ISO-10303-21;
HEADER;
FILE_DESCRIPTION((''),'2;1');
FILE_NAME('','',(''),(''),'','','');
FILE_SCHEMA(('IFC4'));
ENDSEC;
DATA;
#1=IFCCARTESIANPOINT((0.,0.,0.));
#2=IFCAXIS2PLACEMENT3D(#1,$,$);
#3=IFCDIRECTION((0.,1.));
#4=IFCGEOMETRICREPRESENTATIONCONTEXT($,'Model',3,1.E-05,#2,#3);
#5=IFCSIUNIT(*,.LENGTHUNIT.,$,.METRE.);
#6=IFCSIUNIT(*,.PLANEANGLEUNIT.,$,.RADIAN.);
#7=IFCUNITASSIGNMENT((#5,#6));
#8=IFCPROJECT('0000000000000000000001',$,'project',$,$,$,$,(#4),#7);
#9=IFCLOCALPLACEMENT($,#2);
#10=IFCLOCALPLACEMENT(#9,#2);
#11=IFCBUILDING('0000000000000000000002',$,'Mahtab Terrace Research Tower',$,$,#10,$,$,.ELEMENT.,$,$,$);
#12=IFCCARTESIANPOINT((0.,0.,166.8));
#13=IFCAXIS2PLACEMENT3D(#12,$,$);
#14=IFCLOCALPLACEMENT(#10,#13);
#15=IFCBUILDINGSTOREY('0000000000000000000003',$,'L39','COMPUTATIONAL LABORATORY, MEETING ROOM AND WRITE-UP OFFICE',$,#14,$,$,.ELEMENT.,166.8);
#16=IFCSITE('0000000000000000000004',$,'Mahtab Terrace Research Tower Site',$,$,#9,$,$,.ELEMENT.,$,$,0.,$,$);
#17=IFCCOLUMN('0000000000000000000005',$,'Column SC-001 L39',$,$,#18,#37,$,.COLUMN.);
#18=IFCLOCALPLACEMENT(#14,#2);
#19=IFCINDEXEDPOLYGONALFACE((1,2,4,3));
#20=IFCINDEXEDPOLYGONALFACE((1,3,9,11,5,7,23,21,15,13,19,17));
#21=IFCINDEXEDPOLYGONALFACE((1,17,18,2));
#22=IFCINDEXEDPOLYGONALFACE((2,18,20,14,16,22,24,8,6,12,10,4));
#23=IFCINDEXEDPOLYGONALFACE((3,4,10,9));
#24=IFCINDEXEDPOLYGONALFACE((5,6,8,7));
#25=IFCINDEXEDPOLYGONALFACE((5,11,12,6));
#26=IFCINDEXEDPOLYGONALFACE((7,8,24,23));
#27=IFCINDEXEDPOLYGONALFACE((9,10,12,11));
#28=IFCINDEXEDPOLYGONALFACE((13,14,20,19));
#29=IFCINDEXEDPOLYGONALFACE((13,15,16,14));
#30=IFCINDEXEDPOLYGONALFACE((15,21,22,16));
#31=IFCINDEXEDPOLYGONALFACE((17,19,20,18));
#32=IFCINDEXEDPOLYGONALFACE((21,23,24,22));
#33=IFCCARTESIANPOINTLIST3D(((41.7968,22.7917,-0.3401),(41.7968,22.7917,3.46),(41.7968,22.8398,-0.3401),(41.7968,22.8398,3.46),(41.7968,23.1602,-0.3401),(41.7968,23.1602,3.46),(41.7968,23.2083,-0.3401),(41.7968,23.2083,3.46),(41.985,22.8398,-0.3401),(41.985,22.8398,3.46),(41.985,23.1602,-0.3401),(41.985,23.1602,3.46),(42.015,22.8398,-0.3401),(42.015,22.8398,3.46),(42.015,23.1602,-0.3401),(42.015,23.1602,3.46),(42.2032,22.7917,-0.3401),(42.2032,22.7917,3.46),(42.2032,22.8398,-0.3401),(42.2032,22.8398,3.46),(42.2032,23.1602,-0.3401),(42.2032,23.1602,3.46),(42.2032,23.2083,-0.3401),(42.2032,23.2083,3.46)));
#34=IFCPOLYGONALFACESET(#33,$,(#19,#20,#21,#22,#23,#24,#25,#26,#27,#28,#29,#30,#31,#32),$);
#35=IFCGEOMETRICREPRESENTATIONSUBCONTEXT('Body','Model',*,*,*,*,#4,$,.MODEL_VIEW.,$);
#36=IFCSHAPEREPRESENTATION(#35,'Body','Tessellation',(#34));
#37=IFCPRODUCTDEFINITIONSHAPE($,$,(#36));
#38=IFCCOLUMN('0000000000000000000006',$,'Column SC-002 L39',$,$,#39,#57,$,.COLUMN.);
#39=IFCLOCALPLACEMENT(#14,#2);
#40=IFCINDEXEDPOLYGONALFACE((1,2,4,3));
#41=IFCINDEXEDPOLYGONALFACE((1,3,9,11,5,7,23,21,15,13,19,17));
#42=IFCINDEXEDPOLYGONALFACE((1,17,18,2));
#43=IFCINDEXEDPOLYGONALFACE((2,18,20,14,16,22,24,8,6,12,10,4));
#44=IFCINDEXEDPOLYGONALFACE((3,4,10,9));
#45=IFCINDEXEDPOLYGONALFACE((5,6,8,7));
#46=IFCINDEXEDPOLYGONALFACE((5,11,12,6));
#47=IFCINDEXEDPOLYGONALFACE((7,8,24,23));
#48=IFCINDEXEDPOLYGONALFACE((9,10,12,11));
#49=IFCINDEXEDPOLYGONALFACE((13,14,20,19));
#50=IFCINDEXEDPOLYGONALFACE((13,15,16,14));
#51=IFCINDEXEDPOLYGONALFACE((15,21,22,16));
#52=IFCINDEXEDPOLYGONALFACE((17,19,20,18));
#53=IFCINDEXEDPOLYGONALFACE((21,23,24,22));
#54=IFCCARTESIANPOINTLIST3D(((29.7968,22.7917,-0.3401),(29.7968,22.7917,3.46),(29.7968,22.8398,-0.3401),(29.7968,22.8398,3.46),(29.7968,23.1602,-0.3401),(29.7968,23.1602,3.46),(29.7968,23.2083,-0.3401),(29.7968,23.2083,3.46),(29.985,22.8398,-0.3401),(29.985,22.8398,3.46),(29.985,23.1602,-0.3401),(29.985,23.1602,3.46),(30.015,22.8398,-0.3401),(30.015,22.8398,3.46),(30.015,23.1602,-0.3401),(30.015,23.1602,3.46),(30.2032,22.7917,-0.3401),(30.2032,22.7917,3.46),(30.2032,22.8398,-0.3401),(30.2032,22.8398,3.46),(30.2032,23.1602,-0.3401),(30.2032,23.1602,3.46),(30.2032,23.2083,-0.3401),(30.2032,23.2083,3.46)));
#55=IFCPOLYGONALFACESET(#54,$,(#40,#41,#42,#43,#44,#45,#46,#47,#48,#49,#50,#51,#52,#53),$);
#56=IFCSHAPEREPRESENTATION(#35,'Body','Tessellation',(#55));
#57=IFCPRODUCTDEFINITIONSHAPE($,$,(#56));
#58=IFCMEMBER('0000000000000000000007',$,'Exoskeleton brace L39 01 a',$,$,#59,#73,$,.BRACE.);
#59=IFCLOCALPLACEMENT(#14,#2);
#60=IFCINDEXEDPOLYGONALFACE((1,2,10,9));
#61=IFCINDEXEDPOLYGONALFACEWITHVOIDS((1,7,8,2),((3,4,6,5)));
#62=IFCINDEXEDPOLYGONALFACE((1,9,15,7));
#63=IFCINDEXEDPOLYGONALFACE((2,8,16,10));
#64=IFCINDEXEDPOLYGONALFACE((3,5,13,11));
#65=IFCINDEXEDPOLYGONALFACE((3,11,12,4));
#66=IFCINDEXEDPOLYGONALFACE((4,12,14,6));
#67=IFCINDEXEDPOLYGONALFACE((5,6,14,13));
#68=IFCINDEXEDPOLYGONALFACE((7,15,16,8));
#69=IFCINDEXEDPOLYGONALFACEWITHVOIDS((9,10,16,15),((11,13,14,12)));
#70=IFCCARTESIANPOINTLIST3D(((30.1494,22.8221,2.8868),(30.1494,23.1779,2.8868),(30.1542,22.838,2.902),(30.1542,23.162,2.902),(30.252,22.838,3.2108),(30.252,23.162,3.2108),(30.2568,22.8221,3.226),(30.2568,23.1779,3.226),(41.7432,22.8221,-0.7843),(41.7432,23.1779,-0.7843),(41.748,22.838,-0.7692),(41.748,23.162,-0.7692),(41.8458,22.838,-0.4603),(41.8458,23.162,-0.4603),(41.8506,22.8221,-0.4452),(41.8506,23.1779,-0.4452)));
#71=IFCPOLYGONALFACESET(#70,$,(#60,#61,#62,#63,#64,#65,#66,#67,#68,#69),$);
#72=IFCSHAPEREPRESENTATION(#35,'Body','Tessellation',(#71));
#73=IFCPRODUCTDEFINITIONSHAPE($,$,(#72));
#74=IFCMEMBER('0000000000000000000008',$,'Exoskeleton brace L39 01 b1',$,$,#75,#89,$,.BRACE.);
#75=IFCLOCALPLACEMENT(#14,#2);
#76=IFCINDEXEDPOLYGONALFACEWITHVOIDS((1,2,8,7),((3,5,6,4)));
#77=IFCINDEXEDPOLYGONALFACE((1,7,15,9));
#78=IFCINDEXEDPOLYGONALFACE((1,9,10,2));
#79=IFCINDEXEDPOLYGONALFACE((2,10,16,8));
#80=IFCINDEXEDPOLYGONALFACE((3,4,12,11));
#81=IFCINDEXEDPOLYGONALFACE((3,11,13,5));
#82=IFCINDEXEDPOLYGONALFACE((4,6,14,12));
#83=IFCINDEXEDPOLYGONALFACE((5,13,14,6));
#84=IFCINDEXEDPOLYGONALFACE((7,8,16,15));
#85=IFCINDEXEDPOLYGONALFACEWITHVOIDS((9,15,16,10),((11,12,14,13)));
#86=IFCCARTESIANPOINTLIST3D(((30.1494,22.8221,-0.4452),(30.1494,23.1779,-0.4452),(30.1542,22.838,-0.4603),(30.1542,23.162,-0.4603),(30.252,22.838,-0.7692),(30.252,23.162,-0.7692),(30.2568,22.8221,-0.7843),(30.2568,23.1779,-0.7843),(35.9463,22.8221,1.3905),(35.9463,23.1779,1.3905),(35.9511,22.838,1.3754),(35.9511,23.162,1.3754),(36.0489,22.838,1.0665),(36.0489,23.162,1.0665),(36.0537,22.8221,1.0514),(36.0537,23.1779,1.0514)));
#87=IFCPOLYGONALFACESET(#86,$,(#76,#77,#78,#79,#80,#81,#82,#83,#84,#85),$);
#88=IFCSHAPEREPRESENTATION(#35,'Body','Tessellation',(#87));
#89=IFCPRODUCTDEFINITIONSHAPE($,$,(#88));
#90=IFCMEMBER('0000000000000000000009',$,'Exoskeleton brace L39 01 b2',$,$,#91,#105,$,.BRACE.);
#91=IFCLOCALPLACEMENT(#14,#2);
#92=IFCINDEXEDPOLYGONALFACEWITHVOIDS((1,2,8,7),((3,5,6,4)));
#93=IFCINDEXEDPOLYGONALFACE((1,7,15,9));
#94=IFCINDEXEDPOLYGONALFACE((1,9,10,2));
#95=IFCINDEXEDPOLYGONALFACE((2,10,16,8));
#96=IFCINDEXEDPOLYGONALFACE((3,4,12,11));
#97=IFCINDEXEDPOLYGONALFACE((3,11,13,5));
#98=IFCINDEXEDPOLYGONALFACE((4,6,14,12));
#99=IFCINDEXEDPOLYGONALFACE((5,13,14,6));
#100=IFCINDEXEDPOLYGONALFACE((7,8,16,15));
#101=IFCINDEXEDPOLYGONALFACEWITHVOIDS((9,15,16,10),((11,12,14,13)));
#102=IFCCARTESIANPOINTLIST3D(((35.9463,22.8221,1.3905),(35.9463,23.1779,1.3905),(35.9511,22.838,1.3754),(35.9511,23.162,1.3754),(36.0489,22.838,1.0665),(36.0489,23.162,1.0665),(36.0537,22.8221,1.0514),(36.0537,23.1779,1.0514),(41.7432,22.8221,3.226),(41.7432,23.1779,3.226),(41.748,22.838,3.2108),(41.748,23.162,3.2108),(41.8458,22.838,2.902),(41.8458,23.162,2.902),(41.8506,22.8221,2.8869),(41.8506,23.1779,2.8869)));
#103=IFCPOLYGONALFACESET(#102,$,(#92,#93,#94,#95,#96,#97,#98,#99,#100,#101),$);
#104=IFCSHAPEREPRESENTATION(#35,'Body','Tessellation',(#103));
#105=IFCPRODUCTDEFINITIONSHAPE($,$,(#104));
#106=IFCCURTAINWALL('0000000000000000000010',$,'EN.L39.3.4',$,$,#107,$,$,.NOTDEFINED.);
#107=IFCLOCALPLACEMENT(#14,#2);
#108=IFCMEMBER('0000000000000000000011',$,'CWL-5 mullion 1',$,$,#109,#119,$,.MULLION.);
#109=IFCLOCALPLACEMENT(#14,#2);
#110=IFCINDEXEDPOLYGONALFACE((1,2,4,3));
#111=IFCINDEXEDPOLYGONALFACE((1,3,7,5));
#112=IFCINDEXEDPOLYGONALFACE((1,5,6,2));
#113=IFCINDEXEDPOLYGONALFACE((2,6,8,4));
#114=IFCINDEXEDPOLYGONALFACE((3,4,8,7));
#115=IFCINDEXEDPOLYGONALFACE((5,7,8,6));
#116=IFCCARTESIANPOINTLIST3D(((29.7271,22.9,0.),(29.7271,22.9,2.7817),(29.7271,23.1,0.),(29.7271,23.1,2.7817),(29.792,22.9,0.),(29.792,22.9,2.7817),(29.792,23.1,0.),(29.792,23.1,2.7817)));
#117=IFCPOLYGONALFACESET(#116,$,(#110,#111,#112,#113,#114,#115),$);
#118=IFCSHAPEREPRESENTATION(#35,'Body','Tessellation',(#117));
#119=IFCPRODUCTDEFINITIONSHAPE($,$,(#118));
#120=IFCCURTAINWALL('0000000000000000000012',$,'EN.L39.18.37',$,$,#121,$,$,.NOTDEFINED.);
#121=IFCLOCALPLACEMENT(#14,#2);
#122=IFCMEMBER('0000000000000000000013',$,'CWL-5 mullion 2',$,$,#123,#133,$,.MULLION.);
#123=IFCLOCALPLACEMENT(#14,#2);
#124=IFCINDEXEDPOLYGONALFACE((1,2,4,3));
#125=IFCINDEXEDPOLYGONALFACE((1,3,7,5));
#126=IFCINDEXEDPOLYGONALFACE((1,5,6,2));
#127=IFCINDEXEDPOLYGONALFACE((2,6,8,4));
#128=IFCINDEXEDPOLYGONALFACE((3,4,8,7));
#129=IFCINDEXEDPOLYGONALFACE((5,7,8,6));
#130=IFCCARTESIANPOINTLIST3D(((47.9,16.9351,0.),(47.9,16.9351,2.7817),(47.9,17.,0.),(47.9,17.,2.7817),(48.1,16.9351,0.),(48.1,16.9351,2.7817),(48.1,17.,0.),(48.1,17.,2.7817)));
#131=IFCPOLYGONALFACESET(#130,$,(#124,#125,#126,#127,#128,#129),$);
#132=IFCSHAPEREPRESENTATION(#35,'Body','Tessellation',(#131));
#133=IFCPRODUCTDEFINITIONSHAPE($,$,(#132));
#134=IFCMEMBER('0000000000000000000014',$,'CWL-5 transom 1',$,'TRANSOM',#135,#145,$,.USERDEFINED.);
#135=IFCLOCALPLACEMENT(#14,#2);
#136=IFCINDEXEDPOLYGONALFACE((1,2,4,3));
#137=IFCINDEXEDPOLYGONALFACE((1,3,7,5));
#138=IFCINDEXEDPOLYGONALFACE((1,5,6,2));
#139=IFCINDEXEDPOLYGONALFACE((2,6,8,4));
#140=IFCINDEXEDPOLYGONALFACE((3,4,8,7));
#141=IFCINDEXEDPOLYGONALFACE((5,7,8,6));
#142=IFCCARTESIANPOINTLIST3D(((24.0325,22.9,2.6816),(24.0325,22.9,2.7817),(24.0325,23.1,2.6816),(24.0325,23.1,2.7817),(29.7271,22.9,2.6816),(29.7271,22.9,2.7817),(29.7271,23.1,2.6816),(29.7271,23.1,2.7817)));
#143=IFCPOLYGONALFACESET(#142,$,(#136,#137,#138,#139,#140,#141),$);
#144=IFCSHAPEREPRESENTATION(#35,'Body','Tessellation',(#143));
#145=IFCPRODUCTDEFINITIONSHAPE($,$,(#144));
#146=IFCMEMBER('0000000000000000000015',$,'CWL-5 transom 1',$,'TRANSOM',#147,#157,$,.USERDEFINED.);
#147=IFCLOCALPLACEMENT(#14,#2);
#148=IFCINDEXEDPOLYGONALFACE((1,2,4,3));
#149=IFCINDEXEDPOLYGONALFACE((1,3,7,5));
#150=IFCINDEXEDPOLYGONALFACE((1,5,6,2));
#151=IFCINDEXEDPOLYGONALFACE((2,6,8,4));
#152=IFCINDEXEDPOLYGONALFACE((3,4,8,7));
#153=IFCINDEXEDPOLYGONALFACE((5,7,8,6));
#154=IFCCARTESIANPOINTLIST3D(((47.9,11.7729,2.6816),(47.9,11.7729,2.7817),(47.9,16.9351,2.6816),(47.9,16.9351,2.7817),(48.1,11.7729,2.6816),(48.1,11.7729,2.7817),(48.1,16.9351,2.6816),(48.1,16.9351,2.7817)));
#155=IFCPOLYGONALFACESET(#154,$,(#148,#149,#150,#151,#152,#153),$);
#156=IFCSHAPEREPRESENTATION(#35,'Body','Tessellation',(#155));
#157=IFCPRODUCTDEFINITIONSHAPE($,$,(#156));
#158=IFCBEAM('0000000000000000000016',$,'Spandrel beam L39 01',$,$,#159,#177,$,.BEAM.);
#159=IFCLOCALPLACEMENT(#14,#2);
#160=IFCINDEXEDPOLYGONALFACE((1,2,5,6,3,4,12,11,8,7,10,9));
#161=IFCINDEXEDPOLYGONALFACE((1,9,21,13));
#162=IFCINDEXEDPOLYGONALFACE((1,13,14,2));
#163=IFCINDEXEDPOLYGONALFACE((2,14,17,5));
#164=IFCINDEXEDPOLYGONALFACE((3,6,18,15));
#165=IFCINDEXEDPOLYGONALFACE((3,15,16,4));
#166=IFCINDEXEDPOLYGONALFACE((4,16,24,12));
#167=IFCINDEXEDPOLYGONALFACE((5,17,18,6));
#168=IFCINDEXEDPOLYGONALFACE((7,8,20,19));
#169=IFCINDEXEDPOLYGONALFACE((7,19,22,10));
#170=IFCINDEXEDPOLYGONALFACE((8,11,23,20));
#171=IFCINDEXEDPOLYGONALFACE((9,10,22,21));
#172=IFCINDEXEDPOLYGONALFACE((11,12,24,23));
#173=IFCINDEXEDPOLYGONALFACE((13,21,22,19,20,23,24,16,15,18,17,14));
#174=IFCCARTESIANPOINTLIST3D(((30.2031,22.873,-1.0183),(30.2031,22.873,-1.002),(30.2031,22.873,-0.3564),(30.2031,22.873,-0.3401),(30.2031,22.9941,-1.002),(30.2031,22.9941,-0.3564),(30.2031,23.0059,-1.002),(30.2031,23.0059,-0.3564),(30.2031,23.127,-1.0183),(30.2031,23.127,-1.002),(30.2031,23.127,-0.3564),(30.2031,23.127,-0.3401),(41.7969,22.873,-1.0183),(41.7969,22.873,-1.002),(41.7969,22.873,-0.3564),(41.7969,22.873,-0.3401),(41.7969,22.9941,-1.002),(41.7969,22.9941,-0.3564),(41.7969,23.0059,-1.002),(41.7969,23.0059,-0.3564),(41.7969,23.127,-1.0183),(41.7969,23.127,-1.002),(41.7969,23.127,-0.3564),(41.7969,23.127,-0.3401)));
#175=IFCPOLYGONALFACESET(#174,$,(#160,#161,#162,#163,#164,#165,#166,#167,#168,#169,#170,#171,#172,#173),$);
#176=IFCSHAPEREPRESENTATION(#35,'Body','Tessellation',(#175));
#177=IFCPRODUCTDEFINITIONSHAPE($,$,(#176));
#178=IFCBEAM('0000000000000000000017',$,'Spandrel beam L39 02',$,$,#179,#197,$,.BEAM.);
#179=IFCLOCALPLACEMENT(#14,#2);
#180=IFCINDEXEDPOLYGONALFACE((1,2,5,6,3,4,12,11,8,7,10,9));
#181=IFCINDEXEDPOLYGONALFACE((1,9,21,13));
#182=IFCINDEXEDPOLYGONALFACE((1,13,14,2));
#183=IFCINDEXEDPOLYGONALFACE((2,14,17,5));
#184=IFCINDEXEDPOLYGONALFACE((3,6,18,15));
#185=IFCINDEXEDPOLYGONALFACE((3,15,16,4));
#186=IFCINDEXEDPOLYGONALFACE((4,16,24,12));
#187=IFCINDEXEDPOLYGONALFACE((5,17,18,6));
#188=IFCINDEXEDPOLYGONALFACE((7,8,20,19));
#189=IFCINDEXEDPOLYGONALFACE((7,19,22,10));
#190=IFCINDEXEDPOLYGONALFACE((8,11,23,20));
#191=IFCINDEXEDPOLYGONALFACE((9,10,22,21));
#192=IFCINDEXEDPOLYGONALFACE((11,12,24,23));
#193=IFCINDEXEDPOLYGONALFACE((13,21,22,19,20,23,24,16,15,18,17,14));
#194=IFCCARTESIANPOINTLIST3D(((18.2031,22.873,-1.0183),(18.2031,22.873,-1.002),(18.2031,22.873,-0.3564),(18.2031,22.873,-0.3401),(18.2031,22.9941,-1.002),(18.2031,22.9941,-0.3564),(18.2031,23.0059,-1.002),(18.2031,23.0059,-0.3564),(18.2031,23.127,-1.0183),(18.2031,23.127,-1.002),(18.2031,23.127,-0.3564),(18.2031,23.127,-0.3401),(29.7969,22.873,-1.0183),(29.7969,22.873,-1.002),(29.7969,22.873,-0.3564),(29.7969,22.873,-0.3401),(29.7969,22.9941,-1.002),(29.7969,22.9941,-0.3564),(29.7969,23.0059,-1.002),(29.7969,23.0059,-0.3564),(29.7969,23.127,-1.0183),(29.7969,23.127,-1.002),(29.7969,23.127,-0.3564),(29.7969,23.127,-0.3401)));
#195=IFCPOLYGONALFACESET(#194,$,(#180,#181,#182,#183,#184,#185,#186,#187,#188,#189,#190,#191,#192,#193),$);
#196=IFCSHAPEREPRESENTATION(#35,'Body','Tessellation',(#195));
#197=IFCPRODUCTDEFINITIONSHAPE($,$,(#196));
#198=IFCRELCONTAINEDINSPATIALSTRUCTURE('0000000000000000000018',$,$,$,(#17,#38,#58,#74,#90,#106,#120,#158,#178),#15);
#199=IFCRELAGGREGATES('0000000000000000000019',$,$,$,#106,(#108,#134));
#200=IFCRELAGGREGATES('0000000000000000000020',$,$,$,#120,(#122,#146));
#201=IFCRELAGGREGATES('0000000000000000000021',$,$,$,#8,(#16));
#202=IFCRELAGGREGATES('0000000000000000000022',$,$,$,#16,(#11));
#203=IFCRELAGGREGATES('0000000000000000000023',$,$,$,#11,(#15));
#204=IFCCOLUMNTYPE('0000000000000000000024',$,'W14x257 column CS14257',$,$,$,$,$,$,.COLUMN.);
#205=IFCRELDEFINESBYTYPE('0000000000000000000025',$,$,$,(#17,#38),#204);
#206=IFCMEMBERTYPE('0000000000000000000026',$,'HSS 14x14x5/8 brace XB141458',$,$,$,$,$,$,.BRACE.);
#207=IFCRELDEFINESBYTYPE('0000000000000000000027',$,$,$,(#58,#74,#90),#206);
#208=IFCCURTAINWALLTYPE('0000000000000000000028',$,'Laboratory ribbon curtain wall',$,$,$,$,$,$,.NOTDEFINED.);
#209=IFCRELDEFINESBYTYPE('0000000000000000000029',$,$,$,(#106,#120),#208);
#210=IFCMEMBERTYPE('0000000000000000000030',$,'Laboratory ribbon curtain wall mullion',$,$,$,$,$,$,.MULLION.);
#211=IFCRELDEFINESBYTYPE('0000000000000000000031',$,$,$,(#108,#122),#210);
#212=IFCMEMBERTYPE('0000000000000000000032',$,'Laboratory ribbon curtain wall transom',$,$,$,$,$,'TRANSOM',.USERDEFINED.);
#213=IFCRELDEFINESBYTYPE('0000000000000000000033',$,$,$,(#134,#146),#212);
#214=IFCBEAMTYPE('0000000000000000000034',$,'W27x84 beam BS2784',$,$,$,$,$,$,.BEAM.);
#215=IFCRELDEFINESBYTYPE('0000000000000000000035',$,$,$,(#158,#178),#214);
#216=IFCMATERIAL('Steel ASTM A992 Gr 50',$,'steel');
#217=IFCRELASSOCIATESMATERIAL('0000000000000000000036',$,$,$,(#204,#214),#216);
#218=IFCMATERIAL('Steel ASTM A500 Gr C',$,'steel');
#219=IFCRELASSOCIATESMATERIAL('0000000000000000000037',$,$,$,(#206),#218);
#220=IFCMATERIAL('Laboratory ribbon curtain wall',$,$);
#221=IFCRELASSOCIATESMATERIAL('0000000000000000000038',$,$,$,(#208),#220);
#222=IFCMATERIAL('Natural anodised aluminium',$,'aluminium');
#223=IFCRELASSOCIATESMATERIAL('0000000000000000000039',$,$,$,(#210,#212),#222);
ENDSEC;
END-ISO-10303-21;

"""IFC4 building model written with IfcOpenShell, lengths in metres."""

from ifc_helpers import new_model, si_unit, direction, frame, origin, origin_2d, place, context, subcontext, project, spatial, rectangle, hollow_rectangle, i_section, extrude, material, material_profile, profile_set, type_object, element, aggregate, save


model = new_model("IFC4")

# Units and contexts
model_context = context("Model", 3, precision=1e-05, world=origin(), true_north=direction((0.0, 1.0)))
body_context = subcontext(model_context, "Body", "Model", "MODEL_VIEW")
ifc_project = project(units=[si_unit("LENGTHUNIT", "METRE"), si_unit("PLANEANGLEUNIT", "RADIAN")], contexts=[model_context])

# Site, building, storey
site_placement = place(None, origin())
site = spatial("IfcSite", under=ifc_project, at=site_placement, Name="Mahtab Terrace Research Tower Site", CompositionType="ELEMENT", RefElevation=0.0)
building_placement = place(site_placement, origin())
building = spatial("IfcBuilding", under=site, at=building_placement, Name="Mahtab Terrace Research Tower", CompositionType="ELEMENT")
storey_placement = place(building_placement, frame((0.0, 0.0, 166.8)))
storey = spatial("IfcBuildingStorey", under=building, at=storey_placement, Name="L39", Description="COMPUTATIONAL LABORATORY, MEETING ROOM AND WRITE-UP OFFICE", CompositionType="ELEMENT", Elevation=166.8)

# Columns
ifc_material_1 = material(Name="Steel ASTM A992 Gr 50", Category="steel")
ifc_material_profile_1 = material_profile(ifc_material_1, i_section(OverallWidth=0.4065, OverallDepth=0.4165, WebThickness=0.03, FlangeThickness=0.0481, at=origin_2d()), Name="W14X257")
ifc_profile_set_1 = profile_set([ifc_material_profile_1], Name="Steel ASTM A992 Gr 50")
column_type = type_object("IfcColumnType", Name="W14x257 column CS14257", PredefinedType="COLUMN", material=ifc_profile_set_1)
for number, where, z_axis, x_axis, name in (
    (1, (42.0, 23.0, -0.3401), (0.0, 0.0, 1.0), (1.0, 0.0, 0.0), "Column SC-001 L39"),
    (2, (30.0, 23.0, -0.3401), (0.0, 0.0, 1.0), (1.0, 0.0, 0.0), "Column SC-002 L39"),
):
    element("IfcColumn", number, at=place(storey_placement, frame(where, z_axis=z_axis, x_axis=x_axis)), inside=storey, type_object=column_type, Name=name, PredefinedType="COLUMN", context=body_context, shape_type="SweptSolid", body=[
        extrude(i_section(OverallWidth=0.4065, OverallDepth=0.4165, WebThickness=0.03, FlangeThickness=0.0481, at=origin_2d()), origin(), (0.0, 0.0, 1.0), 3.8),
    ])

# Members
ifc_material_2 = material(Name="Steel ASTM A500 Gr C", Category="steel")
ifc_material_profile_2 = material_profile(ifc_material_2, hollow_rectangle(XDim=0.3557, YDim=0.3557, WallThickness=0.0159, at=origin_2d()), Name="HSS14X14X5/8")
ifc_profile_set_2 = profile_set([ifc_material_profile_2], Name="Steel ASTM A500 Gr C")
member_type_1 = type_object("IfcMemberType", Name="HSS 14x14x5/8 brace XB141458", PredefinedType="BRACE", material=ifc_profile_set_2)
member_1_placement = place(storey_placement, frame((41.7969, 23.0, -0.6147), z_axis=(-0.953347, 0.0, 0.301876), x_axis=(0.0, -1.0, 0.0)))
element("IfcMember", 3, at=member_1_placement, inside=storey, type_object=member_type_1, Name="Exoskeleton brace L39 01 a", PredefinedType="BRACE", context=body_context, shape_type="SweptSolid", body=[
    extrude(hollow_rectangle(XDim=0.3557, YDim=0.3557, WallThickness=0.0159, at=origin_2d()), origin(), (0.0, 0.0, 1.0), 12.1611),
])
for number, where, z_axis, x_axis, name in (
    (4, (30.2031, 23.0, -0.6147), (0.953341, 0.0, 0.301894), (0.0, 1.0, 0.0), "Exoskeleton brace L39 01 b1"),
    (5, (36.0, 23.0, 1.2209), (0.953353, 0.0, 0.301858), (0.0, 1.0, 0.0), "Exoskeleton brace L39 01 b2"),
):
    element("IfcMember", number, at=place(storey_placement, frame(where, z_axis=z_axis, x_axis=x_axis)), inside=storey, type_object=member_type_1, Name=name, PredefinedType="BRACE", context=body_context, shape_type="SweptSolid", body=[
        extrude(hollow_rectangle(XDim=0.3557, YDim=0.3557, WallThickness=0.0159, at=origin_2d()), origin(), (0.0, 0.0, 1.0), 6.0806),
    ])

# Curtain walls, members
ifc_material_3 = material(Name="Laboratory ribbon curtain wall")
curtain_wall_type = type_object("IfcCurtainWallType", Name="Laboratory ribbon curtain wall", PredefinedType="NOTDEFINED", material=ifc_material_3)
curtain_wall_1_placement = place(storey_placement, origin())
curtain_wall_1 = element("IfcCurtainWall", 6, at=curtain_wall_1_placement, inside=storey, type_object=curtain_wall_type, Name="EN.L39.3.4", PredefinedType="NOTDEFINED")
ifc_material_4 = material(Name="Natural anodised aluminium", Category="aluminium")
ifc_material_profile_3 = material_profile(ifc_material_4, rectangle(XDim=0.2, YDim=0.0649, at=origin_2d()), Name="MULLION 65x200")
ifc_profile_set_3 = profile_set([ifc_material_profile_3], Name="Natural anodised aluminium")
member_type_2 = type_object("IfcMemberType", Name="Laboratory ribbon curtain wall mullion", PredefinedType="MULLION", material=ifc_profile_set_3)
member_2_placement = place(storey_placement, frame((29.7595, 23.0, 0.0), z_axis=(0.0, 0.0, 1.0), x_axis=(0.0, -1.0, 0.0)))
member_2 = element("IfcMember", 7, at=member_2_placement, type_object=member_type_2, Name="CWL-5 mullion 1", PredefinedType="MULLION", context=body_context, shape_type="SweptSolid", body=[
    extrude(rectangle(XDim=0.2, YDim=0.0649, at=origin_2d()), origin(), (0.0, 0.0, 1.0), 2.7817),
])
curtain_wall_2_placement = place(storey_placement, origin())
curtain_wall_2 = element("IfcCurtainWall", 8, at=curtain_wall_2_placement, inside=storey, type_object=curtain_wall_type, Name="EN.L39.18.37", PredefinedType="NOTDEFINED")
member_3_placement = place(storey_placement, frame((48.0, 16.9675, 0.0), z_axis=(0.0, 0.0, 1.0), x_axis=(-1.0, 0.0, 0.0)))
member_3 = element("IfcMember", 9, at=member_3_placement, type_object=member_type_2, Name="CWL-5 mullion 2", PredefinedType="MULLION", context=body_context, shape_type="SweptSolid", body=[
    extrude(rectangle(XDim=0.2, YDim=0.0649, at=origin_2d()), origin(), (0.0, 0.0, 1.0), 2.7817),
])

# Members
ifc_material_profile_4 = material_profile(ifc_material_4, rectangle(XDim=0.2, YDim=0.1001, at=origin_2d()), Name="TRANSOM 100x200")
ifc_profile_set_4 = profile_set([ifc_material_profile_4], Name="Natural anodised aluminium")
member_type_3 = type_object("IfcMemberType", Name="Laboratory ribbon curtain wall transom", ElementType="TRANSOM", PredefinedType="USERDEFINED", material=ifc_profile_set_4)
member_4_placement = place(storey_placement, frame((29.7271, 23.0, 2.7317), z_axis=(-1.0, 0.0, 0.0), x_axis=(0.0, -1.0, 0.0)))
member_4 = element("IfcMember", 10, at=member_4_placement, type_object=member_type_3, Name="CWL-5 transom 1", ObjectType="TRANSOM", PredefinedType="USERDEFINED", context=body_context, shape_type="SweptSolid", body=[
    extrude(rectangle(XDim=0.2, YDim=0.1001, at=origin_2d()), origin(), (0.0, 0.0, 1.0), 5.6946),
])
member_5_placement = place(storey_placement, frame((48.0, 11.7729, 2.7317), z_axis=(0.0, 1.0, 0.0), x_axis=(-1.0, 0.0, 0.0)))
member_5 = element("IfcMember", 11, at=member_5_placement, type_object=member_type_3, Name="CWL-5 transom 1", ObjectType="TRANSOM", PredefinedType="USERDEFINED", context=body_context, shape_type="SweptSolid", body=[
    extrude(rectangle(XDim=0.2, YDim=0.1001, at=origin_2d()), origin(), (0.0, 0.0, 1.0), 5.1621),
])

# Beams
ifc_material_profile_5 = material_profile(ifc_material_1, i_section(OverallWidth=0.2539, OverallDepth=0.6782, WebThickness=0.0117, FlangeThickness=0.0164, at=origin_2d()), Name="W27X84")
ifc_profile_set_5 = profile_set([ifc_material_profile_5], Name="Steel ASTM A992 Gr 50")
beam_type = type_object("IfcBeamType", Name="W27x84 beam BS2784", PredefinedType="BEAM", material=ifc_profile_set_5)
for number, where, z_axis, x_axis, name in (
    (12, (41.7969, 23.0, -0.6792), (-1.0, 0.0, 0.0), (0.0, -1.0, 0.0), "Spandrel beam L39 01"),
    (13, (29.7969, 23.0, -0.6792), (-1.0, 0.0, 0.0), (0.0, -1.0, 0.0), "Spandrel beam L39 02"),
):
    element("IfcBeam", number, at=place(storey_placement, frame(where, z_axis=z_axis, x_axis=x_axis)), inside=storey, type_object=beam_type, Name=name, PredefinedType="BEAM", context=body_context, shape_type="SweptSolid", body=[
        extrude(i_section(OverallWidth=0.2539, OverallDepth=0.6782, WebThickness=0.0117, FlangeThickness=0.0164, at=origin_2d()), origin(), (0.0, 0.0, 1.0), 11.5938),
    ])

aggregate(curtain_wall_1, [member_2, member_4])
aggregate(curtain_wall_2, [member_3, member_5])

save(model, "model.ifc")
